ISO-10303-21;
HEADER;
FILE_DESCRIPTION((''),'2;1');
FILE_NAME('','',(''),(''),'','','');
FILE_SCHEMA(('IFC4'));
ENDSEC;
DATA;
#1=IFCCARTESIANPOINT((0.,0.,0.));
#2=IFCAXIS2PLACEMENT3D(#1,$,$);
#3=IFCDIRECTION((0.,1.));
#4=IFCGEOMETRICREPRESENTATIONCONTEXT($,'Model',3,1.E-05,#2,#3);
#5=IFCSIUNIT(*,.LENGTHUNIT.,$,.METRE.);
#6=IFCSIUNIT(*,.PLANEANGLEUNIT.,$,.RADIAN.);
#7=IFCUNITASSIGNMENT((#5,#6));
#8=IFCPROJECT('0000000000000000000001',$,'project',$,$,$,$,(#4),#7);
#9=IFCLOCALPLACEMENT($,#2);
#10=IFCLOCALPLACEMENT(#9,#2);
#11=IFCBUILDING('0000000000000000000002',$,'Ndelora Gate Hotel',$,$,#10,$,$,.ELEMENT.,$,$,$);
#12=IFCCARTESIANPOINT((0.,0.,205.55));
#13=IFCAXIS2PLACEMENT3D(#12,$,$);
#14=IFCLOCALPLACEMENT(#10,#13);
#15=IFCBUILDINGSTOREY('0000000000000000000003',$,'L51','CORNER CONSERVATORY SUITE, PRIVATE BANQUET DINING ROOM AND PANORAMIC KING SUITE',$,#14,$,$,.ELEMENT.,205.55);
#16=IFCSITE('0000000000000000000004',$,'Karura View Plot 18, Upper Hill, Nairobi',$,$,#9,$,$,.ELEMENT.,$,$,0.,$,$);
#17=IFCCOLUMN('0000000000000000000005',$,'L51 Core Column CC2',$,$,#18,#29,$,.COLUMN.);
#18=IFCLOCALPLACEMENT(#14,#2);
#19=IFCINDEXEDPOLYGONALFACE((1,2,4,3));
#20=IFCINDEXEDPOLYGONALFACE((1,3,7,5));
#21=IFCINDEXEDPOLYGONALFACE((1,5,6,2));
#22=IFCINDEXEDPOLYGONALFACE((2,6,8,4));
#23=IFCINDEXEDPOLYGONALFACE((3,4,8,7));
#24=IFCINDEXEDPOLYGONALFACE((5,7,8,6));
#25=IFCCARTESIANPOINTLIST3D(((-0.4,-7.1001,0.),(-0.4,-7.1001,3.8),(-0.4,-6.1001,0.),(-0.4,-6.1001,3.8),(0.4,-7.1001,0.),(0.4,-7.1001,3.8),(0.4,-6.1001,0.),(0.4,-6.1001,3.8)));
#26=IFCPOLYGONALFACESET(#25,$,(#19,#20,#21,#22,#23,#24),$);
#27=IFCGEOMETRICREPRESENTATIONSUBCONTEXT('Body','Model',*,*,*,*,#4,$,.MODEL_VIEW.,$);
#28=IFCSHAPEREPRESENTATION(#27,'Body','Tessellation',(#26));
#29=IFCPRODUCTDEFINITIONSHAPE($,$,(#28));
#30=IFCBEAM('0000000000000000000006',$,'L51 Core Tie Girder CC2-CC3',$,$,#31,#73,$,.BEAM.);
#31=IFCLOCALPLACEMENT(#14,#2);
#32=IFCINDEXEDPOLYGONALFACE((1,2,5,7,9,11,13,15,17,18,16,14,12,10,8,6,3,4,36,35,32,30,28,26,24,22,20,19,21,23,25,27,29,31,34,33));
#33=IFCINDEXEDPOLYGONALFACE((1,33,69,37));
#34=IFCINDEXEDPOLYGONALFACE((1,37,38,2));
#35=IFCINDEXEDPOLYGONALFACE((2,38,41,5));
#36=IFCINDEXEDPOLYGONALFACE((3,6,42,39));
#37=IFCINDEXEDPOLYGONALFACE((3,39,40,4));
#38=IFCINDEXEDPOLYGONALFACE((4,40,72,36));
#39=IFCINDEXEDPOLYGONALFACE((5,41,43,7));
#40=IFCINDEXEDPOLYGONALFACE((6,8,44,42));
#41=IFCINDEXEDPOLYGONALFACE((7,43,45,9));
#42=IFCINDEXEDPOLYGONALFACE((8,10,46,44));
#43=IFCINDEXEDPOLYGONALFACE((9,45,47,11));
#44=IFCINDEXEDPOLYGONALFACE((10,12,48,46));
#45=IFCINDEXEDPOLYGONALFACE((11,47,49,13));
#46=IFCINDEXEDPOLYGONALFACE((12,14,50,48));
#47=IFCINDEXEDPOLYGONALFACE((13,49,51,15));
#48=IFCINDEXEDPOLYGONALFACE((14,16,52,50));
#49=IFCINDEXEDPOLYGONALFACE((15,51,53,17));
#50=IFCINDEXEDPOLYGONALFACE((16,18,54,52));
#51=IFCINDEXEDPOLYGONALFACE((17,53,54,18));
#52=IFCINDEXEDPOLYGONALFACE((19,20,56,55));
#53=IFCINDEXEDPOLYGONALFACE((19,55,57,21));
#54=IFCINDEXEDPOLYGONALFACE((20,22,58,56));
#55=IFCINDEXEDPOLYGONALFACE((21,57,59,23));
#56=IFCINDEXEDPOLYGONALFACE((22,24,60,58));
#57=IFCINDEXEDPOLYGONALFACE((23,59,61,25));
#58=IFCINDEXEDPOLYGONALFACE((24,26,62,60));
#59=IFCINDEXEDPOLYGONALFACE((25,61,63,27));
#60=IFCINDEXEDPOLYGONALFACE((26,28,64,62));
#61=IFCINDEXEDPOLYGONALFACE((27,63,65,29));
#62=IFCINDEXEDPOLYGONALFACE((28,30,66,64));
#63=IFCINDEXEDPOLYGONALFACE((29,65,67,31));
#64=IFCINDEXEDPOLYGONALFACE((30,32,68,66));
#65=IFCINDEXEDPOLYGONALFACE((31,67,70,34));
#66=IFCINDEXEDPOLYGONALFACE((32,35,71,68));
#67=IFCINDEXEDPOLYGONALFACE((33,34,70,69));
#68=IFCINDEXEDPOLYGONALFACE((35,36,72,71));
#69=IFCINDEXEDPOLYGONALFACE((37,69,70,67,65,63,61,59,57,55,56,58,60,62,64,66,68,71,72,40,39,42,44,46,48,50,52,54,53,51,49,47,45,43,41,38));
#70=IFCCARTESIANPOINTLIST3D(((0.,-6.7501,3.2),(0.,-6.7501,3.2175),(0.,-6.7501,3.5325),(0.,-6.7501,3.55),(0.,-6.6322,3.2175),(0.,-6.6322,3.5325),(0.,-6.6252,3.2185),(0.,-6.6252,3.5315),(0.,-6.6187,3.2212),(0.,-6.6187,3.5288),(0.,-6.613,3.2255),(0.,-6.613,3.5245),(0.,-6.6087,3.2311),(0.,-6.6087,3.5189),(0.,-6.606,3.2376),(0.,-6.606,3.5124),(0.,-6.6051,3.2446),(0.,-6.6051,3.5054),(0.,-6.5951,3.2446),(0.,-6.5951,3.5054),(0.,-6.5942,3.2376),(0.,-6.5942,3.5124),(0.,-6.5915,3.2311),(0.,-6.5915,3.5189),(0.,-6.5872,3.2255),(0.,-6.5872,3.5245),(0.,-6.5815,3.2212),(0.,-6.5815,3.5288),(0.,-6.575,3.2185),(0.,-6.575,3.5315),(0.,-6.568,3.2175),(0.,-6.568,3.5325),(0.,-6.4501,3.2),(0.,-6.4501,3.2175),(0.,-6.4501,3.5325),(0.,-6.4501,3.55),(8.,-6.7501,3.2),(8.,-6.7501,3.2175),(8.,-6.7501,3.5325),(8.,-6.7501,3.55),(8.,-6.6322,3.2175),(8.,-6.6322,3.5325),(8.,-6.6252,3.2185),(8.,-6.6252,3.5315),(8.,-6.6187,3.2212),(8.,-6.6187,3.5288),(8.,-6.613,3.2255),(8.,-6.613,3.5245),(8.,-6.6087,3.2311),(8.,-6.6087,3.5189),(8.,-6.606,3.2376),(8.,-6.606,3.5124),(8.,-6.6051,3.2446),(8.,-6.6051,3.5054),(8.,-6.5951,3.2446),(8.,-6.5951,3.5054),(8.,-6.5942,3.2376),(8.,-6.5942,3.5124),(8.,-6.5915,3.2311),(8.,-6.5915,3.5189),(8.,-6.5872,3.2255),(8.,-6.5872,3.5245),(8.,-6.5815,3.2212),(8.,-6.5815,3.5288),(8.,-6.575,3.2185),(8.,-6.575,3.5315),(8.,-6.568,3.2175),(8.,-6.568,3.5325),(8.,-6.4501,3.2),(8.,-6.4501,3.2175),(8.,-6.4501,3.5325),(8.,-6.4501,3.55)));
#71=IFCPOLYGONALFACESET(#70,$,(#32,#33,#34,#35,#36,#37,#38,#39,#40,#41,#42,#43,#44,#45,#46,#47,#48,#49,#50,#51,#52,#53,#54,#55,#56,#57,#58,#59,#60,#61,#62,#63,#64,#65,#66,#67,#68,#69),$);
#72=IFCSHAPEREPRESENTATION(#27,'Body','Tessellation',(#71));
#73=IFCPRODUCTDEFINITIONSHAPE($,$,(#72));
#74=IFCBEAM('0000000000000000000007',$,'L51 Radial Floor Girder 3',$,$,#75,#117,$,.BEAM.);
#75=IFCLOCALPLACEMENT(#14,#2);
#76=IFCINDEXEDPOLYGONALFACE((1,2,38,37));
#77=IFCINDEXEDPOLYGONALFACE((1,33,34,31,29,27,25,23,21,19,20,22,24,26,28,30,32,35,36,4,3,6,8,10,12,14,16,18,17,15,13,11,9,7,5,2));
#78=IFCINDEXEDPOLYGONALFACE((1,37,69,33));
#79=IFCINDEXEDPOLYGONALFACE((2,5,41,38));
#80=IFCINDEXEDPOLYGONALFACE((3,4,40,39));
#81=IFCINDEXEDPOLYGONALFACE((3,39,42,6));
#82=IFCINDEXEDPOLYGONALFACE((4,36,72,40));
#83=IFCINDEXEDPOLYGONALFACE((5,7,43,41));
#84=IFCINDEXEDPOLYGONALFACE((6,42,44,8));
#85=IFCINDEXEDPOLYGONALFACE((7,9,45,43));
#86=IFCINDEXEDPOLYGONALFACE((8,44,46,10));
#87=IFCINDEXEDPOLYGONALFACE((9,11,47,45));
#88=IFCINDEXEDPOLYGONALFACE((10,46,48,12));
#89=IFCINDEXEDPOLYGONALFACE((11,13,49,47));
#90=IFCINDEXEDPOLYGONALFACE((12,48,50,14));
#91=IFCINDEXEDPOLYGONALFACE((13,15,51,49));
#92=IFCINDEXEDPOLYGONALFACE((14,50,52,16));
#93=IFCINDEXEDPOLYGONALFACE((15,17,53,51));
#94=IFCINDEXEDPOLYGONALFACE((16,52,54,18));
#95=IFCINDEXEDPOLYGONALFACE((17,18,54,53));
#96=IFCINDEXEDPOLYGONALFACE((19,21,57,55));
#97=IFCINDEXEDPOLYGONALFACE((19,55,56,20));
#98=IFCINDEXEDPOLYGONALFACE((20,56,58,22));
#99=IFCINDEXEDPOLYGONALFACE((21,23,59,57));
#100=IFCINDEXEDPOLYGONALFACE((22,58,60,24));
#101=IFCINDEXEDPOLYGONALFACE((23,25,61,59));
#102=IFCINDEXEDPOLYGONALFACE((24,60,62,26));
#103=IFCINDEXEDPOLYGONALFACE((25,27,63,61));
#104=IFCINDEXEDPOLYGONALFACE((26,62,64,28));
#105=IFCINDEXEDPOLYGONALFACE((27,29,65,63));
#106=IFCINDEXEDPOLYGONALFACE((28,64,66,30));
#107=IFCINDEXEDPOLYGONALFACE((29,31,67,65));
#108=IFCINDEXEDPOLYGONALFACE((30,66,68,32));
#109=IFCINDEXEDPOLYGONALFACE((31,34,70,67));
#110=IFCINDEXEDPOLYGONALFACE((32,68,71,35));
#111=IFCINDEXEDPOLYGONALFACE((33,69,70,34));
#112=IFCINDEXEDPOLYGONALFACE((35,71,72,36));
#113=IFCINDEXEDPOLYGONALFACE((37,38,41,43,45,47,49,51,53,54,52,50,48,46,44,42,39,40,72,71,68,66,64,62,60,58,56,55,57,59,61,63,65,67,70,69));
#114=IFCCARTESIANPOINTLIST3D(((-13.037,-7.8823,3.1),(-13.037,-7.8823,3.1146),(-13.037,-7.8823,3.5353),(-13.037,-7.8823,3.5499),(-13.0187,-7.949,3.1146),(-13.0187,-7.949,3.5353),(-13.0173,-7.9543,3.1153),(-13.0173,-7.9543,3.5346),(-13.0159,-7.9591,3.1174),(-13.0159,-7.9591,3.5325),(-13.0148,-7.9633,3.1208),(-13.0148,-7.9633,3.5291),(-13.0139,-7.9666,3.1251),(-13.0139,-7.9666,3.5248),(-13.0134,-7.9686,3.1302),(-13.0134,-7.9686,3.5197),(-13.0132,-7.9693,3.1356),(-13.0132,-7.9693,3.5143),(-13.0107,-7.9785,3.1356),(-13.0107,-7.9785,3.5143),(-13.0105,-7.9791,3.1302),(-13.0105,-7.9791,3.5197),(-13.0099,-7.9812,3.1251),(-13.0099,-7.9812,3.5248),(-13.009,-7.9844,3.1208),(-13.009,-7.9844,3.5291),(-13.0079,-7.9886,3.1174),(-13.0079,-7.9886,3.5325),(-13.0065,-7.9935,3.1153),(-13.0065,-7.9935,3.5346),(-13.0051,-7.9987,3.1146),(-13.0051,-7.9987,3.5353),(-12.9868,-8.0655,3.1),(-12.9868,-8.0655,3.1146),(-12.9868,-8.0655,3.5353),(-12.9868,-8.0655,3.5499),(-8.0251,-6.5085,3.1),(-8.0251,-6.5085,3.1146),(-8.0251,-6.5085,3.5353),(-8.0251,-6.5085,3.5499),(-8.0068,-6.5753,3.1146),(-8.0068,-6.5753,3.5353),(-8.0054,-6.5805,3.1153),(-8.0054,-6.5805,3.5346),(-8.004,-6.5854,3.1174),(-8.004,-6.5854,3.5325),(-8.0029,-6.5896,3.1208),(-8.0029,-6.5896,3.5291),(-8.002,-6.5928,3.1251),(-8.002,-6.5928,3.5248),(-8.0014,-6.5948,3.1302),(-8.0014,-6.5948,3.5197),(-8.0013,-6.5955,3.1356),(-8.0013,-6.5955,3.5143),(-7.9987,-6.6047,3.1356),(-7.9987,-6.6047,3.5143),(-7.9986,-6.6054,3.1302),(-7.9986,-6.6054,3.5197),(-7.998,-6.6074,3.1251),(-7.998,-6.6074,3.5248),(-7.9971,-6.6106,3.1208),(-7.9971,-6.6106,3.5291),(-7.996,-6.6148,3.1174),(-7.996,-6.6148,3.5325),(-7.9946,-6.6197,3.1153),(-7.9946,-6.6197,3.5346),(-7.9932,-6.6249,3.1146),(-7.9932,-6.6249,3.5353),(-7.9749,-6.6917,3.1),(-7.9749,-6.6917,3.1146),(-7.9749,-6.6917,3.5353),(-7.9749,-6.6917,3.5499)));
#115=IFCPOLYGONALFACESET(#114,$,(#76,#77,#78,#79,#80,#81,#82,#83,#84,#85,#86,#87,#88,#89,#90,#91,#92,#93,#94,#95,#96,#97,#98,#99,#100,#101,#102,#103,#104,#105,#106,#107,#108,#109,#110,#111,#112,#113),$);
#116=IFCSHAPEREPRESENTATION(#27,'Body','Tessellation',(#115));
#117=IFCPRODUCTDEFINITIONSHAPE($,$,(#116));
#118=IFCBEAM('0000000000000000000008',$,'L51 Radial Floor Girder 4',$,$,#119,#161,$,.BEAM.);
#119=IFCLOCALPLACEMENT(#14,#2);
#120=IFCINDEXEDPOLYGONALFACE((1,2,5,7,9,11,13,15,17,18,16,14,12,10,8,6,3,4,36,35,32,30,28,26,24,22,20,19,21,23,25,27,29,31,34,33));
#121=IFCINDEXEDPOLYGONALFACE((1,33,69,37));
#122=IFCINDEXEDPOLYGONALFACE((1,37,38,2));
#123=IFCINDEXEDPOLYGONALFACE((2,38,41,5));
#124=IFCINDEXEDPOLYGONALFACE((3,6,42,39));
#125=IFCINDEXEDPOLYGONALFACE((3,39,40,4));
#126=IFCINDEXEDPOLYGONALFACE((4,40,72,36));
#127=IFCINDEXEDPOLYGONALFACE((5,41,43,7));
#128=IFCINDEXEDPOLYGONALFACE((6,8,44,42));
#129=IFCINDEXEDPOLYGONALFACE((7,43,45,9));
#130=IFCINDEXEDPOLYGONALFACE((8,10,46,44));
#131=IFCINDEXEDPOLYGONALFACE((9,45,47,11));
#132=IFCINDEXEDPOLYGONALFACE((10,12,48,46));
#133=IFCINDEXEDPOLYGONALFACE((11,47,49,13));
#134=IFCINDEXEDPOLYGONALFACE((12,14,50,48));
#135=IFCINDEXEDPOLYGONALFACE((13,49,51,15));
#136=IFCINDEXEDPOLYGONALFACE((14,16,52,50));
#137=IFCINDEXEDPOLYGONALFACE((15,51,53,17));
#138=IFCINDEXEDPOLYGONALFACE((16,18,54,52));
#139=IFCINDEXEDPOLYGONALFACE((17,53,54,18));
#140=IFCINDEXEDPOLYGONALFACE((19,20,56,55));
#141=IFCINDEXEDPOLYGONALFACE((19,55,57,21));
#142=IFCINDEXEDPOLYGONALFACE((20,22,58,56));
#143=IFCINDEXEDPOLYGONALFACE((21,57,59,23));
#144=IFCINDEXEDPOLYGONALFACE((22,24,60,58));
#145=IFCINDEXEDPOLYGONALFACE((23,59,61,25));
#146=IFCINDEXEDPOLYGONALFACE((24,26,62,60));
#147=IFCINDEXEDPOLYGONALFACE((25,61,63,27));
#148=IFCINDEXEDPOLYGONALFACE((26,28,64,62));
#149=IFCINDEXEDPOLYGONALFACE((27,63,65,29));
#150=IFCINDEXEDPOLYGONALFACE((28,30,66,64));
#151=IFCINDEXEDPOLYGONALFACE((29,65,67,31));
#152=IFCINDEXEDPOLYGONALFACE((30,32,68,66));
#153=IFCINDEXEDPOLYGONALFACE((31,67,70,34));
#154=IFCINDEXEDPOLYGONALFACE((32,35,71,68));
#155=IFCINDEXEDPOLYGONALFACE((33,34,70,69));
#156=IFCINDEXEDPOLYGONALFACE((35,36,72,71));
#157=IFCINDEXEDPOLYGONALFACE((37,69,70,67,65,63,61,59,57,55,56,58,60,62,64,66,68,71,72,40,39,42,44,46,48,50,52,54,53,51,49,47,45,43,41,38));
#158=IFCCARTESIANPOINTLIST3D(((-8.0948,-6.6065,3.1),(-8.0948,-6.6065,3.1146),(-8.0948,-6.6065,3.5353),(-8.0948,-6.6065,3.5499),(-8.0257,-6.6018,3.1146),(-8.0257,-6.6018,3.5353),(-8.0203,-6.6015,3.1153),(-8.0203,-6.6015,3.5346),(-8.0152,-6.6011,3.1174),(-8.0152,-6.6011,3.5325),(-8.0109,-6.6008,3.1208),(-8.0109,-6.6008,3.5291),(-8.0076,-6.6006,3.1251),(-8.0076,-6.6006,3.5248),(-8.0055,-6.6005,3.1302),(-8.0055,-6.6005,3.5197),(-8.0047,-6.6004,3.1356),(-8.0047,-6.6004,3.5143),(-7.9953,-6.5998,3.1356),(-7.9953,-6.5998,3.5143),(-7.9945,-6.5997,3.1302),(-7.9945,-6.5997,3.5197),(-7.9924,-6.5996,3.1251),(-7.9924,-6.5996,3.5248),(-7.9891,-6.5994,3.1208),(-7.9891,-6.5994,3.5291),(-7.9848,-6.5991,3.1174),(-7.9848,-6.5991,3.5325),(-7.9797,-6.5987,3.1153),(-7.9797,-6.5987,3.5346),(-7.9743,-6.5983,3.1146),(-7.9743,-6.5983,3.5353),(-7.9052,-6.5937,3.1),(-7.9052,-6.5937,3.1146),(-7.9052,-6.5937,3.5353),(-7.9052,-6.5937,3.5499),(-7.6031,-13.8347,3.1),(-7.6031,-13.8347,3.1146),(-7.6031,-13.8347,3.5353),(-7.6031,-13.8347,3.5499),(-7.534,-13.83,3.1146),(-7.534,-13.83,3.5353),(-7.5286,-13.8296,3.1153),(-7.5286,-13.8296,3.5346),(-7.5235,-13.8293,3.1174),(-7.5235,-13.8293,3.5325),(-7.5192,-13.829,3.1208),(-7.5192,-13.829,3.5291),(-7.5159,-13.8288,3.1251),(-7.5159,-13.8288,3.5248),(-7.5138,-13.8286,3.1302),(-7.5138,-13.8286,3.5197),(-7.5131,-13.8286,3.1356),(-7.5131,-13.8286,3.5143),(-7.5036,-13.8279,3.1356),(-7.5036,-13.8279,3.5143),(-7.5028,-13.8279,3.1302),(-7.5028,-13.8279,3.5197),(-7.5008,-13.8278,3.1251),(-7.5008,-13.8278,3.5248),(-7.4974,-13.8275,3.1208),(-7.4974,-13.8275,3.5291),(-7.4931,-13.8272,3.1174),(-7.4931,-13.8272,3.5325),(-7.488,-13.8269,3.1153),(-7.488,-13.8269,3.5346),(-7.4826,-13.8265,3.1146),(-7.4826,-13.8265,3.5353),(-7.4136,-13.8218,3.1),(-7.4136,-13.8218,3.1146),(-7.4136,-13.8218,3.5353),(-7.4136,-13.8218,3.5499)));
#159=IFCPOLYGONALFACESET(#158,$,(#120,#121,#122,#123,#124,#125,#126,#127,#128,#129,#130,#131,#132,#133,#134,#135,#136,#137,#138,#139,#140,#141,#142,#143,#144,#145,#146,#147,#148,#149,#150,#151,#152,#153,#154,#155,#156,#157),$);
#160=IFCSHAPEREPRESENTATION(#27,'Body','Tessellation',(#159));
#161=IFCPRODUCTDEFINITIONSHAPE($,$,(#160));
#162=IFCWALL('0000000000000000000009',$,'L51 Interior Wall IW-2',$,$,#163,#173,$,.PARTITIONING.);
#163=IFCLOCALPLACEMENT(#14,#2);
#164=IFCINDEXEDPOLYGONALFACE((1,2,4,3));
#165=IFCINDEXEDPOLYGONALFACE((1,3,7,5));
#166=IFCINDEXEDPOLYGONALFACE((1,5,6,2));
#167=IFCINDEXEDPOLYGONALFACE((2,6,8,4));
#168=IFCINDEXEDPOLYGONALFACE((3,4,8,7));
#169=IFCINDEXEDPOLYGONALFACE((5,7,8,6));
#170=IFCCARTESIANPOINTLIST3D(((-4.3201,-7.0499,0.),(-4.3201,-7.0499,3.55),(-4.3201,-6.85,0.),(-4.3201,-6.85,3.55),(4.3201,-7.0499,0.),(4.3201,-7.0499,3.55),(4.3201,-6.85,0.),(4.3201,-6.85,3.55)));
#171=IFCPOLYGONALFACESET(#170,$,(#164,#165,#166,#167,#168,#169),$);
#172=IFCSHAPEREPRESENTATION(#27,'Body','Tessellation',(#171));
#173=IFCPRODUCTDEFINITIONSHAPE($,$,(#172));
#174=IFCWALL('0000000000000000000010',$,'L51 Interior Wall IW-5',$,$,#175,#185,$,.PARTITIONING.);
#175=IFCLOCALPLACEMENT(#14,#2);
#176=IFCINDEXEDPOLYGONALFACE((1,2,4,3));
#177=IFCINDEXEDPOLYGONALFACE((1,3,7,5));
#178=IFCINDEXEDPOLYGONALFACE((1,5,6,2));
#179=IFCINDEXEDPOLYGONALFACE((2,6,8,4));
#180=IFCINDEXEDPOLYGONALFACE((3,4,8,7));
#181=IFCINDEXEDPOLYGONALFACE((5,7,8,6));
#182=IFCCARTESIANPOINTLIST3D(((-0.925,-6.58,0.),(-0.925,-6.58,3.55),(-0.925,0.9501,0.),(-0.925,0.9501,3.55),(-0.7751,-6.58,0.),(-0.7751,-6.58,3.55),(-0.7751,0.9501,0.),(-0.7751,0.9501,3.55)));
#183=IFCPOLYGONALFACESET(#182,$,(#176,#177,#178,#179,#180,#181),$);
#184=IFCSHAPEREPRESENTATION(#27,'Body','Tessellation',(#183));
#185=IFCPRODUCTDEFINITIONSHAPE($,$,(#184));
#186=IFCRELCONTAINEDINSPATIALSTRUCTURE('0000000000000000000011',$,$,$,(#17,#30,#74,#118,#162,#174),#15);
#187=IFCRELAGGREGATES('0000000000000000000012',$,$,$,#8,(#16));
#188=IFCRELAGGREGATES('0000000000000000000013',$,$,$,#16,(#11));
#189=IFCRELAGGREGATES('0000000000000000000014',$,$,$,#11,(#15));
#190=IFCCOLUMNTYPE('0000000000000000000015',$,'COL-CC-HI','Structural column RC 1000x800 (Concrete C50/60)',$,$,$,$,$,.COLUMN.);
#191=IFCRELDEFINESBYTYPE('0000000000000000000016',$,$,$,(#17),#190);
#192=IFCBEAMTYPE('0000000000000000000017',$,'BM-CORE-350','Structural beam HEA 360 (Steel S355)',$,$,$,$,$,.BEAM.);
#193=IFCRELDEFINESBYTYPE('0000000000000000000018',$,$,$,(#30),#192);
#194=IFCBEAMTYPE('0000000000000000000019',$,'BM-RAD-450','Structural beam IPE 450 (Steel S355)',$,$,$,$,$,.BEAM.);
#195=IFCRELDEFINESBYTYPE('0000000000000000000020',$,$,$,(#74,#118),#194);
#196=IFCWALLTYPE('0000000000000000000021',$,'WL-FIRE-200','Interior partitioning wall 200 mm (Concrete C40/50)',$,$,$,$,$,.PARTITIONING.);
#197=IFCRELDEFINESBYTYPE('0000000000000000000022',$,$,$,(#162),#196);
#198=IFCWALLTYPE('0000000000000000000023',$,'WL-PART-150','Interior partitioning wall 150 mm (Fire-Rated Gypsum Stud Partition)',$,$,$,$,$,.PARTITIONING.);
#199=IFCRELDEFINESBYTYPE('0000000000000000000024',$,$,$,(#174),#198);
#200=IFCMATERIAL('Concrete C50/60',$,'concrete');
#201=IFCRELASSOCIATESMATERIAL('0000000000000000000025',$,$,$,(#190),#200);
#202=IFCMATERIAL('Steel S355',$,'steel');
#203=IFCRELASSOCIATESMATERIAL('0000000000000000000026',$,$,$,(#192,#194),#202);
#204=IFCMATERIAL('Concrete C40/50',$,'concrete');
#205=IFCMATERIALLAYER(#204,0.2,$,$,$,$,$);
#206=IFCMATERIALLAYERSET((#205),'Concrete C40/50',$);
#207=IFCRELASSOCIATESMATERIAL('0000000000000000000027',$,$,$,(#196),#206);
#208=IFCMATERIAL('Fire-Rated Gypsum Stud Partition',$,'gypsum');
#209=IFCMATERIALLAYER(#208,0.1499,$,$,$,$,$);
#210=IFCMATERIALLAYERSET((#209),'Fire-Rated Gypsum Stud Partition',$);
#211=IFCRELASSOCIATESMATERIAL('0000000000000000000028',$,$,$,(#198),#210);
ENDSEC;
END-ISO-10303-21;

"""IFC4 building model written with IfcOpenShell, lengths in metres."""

from ifc_helpers import new_model, si_unit, direction, frame, frame_2d, origin, origin_2d, place, context, subcontext, project, spatial, rectangle, i_section, extrude, material, layer, layer_set, material_profile, profile_set, type_object, element, save


model = new_model("IFC4")

# Units and contexts
model_context = context("Model", 3, precision=1e-05, world=origin(), true_north=direction((0.0, 1.0)))
body_context = subcontext(model_context, "Body", "Model", "MODEL_VIEW")
ifc_project = project(units=[si_unit("LENGTHUNIT", "METRE"), si_unit("PLANEANGLEUNIT", "RADIAN")], contexts=[model_context])

# Site, building, storey
site_placement = place(None, origin())
site = spatial("IfcSite", under=ifc_project, at=site_placement, Name="Karura View Plot 18, Upper Hill, Nairobi", CompositionType="ELEMENT", RefElevation=0.0)
building_placement = place(site_placement, origin())
building = spatial("IfcBuilding", under=site, at=building_placement, Name="Ndelora Gate Hotel", CompositionType="ELEMENT")
storey_placement = place(building_placement, frame((0.0, 0.0, 205.55)))
storey = spatial("IfcBuildingStorey", under=building, at=storey_placement, Name="L51", Description="CORNER CONSERVATORY SUITE, PRIVATE BANQUET DINING ROOM AND PANORAMIC KING SUITE", CompositionType="ELEMENT", Elevation=205.55)

# Column
ifc_material_1 = material(Name="Concrete C50/60", Category="concrete")
ifc_material_profile_1 = material_profile(ifc_material_1, rectangle(XDim=0.8, YDim=1.0, at=origin_2d()), Name="RC 1000x800")
ifc_profile_set_1 = profile_set([ifc_material_profile_1], Name="Concrete C50/60")
column_type = type_object("IfcColumnType", Name="COL-CC-HI", Description="Structural column RC 1000x800 (Concrete C50/60)", PredefinedType="COLUMN", material=ifc_profile_set_1)
column_placement = place(storey_placement, frame((0.0, -6.6001, 0.0), z_axis=(0.0, 0.0, 1.0), x_axis=(1.0, 0.0, 0.0)))
element("IfcColumn", 1, at=column_placement, inside=storey, type_object=column_type, Name="L51 Core Column CC2", PredefinedType="COLUMN", context=body_context, shape_type="SweptSolid", body=[
    extrude(rectangle(XDim=0.8, YDim=1.0, at=origin_2d()), origin(), (0.0, 0.0, 1.0), 3.8),
])

# Beams
ifc_material_2 = material(Name="Steel S355", Category="steel")
ifc_material_profile_2 = material_profile(ifc_material_2, i_section(OverallWidth=0.3, OverallDepth=0.3501, WebThickness=0.01, FlangeThickness=0.0176, FilletRadius=0.0271, at=origin_2d()), Name="HEA 360")
ifc_profile_set_2 = profile_set([ifc_material_profile_2], Name="Steel S355")
beam_type_1 = type_object("IfcBeamType", Name="BM-CORE-350", Description="Structural beam HEA 360 (Steel S355)", PredefinedType="BEAM", material=ifc_profile_set_2)
beam_1_placement = place(storey_placement, frame((0.0, -6.6001, 3.375), z_axis=(1.0, 0.0, 0.0), x_axis=(0.0, 1.0, 0.0)))
element("IfcBeam", 2, at=beam_1_placement, inside=storey, type_object=beam_type_1, Name="L51 Core Tie Girder CC2-CC3", PredefinedType="BEAM", context=body_context, shape_type="SweptSolid", body=[
    extrude(i_section(OverallWidth=0.3, OverallDepth=0.3501, WebThickness=0.01, FlangeThickness=0.0176, FilletRadius=0.0271, at=origin_2d()), origin(), (0.0, 0.0, 1.0), 8.0),
])
ifc_material_profile_3 = material_profile(ifc_material_2, i_section(OverallWidth=0.1899, OverallDepth=0.45, WebThickness=0.0095, FlangeThickness=0.0146, FilletRadius=0.021, at=origin_2d()), Name="IPE 450")
ifc_profile_set_3 = profile_set([ifc_material_profile_3], Name="Steel S355")
beam_type_2 = type_object("IfcBeamType", Name="BM-RAD-450", Description="Structural beam IPE 450 (Steel S355)", PredefinedType="BEAM", material=ifc_profile_set_3)
beam_2_placement = place(storey_placement, frame((-8.0, -6.6001, 3.325), z_axis=(-0.964427, -0.264349, 0.0), x_axis=(0.264349, -0.964427, 0.0)))
element("IfcBeam", 3, at=beam_2_placement, inside=storey, type_object=beam_type_2, Name="L51 Radial Floor Girder 3", PredefinedType="BEAM", context=body_context, shape_type="SweptSolid", body=[
    extrude(i_section(OverallWidth=0.1899, OverallDepth=0.45, WebThickness=0.0095, FlangeThickness=0.0146, FilletRadius=0.021, at=origin_2d()), origin(), (0.0, 0.0, 1.0), 5.1968),
])
beam_3_placement = place(storey_placement, frame((-8.0, -6.6001, 3.325), z_axis=(0.067868, -0.997694, 0.0), x_axis=(0.997694, 0.067868, 0.0)))
element("IfcBeam", 4, at=beam_3_placement, inside=storey, type_object=beam_type_2, Name="L51 Radial Floor Girder 4", PredefinedType="BEAM", context=body_context, shape_type="SweptSolid", body=[
    extrude(i_section(OverallWidth=0.1899, OverallDepth=0.45, WebThickness=0.0095, FlangeThickness=0.0146, FilletRadius=0.021, at=origin_2d()), origin(), (0.0, 0.0, 1.0), 7.2449),
])

# Walls
ifc_material_3 = material(Name="Concrete C40/50", Category="concrete")
ifc_layer_1 = layer(ifc_material_3, 0.2)
ifc_layer_set_1 = layer_set([ifc_layer_1], Name="Concrete C40/50")
wall_type_1 = type_object("IfcWallType", Name="WL-FIRE-200", Description="Interior partitioning wall 200 mm (Concrete C40/50)", PredefinedType="PARTITIONING", material=ifc_layer_set_1)
wall_1_placement = place(storey_placement, frame((-4.3201, -6.95, 0.0), z_axis=(0.0, 0.0, 1.0), x_axis=(1.0, 0.0, 0.0)))
element("IfcWall", 5, at=wall_1_placement, inside=storey, type_object=wall_type_1, Name="L51 Interior Wall IW-2", PredefinedType="PARTITIONING", context=body_context, shape_type="SweptSolid", body=[
    extrude(rectangle(XDim=8.6401, YDim=0.2, at=frame_2d((4.3201, 0.0))), origin(), (0.0, 0.0, 1.0), 3.55),
])
ifc_material_4 = material(Name="Fire-Rated Gypsum Stud Partition", Category="gypsum")
ifc_layer_2 = layer(ifc_material_4, 0.1499)
ifc_layer_set_2 = layer_set([ifc_layer_2], Name="Fire-Rated Gypsum Stud Partition")
wall_type_2 = type_object("IfcWallType", Name="WL-PART-150", Description="Interior partitioning wall 150 mm (Fire-Rated Gypsum Stud Partition)", PredefinedType="PARTITIONING", material=ifc_layer_set_2)
wall_2_placement = place(storey_placement, frame((-0.8501, -6.5801, 0.0), z_axis=(0.0, 0.0, 1.0), x_axis=(0.0, 1.0, 0.0)))
element("IfcWall", 6, at=wall_2_placement, inside=storey, type_object=wall_type_2, Name="L51 Interior Wall IW-5", PredefinedType="PARTITIONING", context=body_context, shape_type="SweptSolid", body=[
    extrude(rectangle(XDim=7.53, YDim=0.1499, at=frame_2d((3.7651, 0.0))), origin(), (0.0, 0.0, 1.0), 3.55),
])

save(model, "model.ifc")
